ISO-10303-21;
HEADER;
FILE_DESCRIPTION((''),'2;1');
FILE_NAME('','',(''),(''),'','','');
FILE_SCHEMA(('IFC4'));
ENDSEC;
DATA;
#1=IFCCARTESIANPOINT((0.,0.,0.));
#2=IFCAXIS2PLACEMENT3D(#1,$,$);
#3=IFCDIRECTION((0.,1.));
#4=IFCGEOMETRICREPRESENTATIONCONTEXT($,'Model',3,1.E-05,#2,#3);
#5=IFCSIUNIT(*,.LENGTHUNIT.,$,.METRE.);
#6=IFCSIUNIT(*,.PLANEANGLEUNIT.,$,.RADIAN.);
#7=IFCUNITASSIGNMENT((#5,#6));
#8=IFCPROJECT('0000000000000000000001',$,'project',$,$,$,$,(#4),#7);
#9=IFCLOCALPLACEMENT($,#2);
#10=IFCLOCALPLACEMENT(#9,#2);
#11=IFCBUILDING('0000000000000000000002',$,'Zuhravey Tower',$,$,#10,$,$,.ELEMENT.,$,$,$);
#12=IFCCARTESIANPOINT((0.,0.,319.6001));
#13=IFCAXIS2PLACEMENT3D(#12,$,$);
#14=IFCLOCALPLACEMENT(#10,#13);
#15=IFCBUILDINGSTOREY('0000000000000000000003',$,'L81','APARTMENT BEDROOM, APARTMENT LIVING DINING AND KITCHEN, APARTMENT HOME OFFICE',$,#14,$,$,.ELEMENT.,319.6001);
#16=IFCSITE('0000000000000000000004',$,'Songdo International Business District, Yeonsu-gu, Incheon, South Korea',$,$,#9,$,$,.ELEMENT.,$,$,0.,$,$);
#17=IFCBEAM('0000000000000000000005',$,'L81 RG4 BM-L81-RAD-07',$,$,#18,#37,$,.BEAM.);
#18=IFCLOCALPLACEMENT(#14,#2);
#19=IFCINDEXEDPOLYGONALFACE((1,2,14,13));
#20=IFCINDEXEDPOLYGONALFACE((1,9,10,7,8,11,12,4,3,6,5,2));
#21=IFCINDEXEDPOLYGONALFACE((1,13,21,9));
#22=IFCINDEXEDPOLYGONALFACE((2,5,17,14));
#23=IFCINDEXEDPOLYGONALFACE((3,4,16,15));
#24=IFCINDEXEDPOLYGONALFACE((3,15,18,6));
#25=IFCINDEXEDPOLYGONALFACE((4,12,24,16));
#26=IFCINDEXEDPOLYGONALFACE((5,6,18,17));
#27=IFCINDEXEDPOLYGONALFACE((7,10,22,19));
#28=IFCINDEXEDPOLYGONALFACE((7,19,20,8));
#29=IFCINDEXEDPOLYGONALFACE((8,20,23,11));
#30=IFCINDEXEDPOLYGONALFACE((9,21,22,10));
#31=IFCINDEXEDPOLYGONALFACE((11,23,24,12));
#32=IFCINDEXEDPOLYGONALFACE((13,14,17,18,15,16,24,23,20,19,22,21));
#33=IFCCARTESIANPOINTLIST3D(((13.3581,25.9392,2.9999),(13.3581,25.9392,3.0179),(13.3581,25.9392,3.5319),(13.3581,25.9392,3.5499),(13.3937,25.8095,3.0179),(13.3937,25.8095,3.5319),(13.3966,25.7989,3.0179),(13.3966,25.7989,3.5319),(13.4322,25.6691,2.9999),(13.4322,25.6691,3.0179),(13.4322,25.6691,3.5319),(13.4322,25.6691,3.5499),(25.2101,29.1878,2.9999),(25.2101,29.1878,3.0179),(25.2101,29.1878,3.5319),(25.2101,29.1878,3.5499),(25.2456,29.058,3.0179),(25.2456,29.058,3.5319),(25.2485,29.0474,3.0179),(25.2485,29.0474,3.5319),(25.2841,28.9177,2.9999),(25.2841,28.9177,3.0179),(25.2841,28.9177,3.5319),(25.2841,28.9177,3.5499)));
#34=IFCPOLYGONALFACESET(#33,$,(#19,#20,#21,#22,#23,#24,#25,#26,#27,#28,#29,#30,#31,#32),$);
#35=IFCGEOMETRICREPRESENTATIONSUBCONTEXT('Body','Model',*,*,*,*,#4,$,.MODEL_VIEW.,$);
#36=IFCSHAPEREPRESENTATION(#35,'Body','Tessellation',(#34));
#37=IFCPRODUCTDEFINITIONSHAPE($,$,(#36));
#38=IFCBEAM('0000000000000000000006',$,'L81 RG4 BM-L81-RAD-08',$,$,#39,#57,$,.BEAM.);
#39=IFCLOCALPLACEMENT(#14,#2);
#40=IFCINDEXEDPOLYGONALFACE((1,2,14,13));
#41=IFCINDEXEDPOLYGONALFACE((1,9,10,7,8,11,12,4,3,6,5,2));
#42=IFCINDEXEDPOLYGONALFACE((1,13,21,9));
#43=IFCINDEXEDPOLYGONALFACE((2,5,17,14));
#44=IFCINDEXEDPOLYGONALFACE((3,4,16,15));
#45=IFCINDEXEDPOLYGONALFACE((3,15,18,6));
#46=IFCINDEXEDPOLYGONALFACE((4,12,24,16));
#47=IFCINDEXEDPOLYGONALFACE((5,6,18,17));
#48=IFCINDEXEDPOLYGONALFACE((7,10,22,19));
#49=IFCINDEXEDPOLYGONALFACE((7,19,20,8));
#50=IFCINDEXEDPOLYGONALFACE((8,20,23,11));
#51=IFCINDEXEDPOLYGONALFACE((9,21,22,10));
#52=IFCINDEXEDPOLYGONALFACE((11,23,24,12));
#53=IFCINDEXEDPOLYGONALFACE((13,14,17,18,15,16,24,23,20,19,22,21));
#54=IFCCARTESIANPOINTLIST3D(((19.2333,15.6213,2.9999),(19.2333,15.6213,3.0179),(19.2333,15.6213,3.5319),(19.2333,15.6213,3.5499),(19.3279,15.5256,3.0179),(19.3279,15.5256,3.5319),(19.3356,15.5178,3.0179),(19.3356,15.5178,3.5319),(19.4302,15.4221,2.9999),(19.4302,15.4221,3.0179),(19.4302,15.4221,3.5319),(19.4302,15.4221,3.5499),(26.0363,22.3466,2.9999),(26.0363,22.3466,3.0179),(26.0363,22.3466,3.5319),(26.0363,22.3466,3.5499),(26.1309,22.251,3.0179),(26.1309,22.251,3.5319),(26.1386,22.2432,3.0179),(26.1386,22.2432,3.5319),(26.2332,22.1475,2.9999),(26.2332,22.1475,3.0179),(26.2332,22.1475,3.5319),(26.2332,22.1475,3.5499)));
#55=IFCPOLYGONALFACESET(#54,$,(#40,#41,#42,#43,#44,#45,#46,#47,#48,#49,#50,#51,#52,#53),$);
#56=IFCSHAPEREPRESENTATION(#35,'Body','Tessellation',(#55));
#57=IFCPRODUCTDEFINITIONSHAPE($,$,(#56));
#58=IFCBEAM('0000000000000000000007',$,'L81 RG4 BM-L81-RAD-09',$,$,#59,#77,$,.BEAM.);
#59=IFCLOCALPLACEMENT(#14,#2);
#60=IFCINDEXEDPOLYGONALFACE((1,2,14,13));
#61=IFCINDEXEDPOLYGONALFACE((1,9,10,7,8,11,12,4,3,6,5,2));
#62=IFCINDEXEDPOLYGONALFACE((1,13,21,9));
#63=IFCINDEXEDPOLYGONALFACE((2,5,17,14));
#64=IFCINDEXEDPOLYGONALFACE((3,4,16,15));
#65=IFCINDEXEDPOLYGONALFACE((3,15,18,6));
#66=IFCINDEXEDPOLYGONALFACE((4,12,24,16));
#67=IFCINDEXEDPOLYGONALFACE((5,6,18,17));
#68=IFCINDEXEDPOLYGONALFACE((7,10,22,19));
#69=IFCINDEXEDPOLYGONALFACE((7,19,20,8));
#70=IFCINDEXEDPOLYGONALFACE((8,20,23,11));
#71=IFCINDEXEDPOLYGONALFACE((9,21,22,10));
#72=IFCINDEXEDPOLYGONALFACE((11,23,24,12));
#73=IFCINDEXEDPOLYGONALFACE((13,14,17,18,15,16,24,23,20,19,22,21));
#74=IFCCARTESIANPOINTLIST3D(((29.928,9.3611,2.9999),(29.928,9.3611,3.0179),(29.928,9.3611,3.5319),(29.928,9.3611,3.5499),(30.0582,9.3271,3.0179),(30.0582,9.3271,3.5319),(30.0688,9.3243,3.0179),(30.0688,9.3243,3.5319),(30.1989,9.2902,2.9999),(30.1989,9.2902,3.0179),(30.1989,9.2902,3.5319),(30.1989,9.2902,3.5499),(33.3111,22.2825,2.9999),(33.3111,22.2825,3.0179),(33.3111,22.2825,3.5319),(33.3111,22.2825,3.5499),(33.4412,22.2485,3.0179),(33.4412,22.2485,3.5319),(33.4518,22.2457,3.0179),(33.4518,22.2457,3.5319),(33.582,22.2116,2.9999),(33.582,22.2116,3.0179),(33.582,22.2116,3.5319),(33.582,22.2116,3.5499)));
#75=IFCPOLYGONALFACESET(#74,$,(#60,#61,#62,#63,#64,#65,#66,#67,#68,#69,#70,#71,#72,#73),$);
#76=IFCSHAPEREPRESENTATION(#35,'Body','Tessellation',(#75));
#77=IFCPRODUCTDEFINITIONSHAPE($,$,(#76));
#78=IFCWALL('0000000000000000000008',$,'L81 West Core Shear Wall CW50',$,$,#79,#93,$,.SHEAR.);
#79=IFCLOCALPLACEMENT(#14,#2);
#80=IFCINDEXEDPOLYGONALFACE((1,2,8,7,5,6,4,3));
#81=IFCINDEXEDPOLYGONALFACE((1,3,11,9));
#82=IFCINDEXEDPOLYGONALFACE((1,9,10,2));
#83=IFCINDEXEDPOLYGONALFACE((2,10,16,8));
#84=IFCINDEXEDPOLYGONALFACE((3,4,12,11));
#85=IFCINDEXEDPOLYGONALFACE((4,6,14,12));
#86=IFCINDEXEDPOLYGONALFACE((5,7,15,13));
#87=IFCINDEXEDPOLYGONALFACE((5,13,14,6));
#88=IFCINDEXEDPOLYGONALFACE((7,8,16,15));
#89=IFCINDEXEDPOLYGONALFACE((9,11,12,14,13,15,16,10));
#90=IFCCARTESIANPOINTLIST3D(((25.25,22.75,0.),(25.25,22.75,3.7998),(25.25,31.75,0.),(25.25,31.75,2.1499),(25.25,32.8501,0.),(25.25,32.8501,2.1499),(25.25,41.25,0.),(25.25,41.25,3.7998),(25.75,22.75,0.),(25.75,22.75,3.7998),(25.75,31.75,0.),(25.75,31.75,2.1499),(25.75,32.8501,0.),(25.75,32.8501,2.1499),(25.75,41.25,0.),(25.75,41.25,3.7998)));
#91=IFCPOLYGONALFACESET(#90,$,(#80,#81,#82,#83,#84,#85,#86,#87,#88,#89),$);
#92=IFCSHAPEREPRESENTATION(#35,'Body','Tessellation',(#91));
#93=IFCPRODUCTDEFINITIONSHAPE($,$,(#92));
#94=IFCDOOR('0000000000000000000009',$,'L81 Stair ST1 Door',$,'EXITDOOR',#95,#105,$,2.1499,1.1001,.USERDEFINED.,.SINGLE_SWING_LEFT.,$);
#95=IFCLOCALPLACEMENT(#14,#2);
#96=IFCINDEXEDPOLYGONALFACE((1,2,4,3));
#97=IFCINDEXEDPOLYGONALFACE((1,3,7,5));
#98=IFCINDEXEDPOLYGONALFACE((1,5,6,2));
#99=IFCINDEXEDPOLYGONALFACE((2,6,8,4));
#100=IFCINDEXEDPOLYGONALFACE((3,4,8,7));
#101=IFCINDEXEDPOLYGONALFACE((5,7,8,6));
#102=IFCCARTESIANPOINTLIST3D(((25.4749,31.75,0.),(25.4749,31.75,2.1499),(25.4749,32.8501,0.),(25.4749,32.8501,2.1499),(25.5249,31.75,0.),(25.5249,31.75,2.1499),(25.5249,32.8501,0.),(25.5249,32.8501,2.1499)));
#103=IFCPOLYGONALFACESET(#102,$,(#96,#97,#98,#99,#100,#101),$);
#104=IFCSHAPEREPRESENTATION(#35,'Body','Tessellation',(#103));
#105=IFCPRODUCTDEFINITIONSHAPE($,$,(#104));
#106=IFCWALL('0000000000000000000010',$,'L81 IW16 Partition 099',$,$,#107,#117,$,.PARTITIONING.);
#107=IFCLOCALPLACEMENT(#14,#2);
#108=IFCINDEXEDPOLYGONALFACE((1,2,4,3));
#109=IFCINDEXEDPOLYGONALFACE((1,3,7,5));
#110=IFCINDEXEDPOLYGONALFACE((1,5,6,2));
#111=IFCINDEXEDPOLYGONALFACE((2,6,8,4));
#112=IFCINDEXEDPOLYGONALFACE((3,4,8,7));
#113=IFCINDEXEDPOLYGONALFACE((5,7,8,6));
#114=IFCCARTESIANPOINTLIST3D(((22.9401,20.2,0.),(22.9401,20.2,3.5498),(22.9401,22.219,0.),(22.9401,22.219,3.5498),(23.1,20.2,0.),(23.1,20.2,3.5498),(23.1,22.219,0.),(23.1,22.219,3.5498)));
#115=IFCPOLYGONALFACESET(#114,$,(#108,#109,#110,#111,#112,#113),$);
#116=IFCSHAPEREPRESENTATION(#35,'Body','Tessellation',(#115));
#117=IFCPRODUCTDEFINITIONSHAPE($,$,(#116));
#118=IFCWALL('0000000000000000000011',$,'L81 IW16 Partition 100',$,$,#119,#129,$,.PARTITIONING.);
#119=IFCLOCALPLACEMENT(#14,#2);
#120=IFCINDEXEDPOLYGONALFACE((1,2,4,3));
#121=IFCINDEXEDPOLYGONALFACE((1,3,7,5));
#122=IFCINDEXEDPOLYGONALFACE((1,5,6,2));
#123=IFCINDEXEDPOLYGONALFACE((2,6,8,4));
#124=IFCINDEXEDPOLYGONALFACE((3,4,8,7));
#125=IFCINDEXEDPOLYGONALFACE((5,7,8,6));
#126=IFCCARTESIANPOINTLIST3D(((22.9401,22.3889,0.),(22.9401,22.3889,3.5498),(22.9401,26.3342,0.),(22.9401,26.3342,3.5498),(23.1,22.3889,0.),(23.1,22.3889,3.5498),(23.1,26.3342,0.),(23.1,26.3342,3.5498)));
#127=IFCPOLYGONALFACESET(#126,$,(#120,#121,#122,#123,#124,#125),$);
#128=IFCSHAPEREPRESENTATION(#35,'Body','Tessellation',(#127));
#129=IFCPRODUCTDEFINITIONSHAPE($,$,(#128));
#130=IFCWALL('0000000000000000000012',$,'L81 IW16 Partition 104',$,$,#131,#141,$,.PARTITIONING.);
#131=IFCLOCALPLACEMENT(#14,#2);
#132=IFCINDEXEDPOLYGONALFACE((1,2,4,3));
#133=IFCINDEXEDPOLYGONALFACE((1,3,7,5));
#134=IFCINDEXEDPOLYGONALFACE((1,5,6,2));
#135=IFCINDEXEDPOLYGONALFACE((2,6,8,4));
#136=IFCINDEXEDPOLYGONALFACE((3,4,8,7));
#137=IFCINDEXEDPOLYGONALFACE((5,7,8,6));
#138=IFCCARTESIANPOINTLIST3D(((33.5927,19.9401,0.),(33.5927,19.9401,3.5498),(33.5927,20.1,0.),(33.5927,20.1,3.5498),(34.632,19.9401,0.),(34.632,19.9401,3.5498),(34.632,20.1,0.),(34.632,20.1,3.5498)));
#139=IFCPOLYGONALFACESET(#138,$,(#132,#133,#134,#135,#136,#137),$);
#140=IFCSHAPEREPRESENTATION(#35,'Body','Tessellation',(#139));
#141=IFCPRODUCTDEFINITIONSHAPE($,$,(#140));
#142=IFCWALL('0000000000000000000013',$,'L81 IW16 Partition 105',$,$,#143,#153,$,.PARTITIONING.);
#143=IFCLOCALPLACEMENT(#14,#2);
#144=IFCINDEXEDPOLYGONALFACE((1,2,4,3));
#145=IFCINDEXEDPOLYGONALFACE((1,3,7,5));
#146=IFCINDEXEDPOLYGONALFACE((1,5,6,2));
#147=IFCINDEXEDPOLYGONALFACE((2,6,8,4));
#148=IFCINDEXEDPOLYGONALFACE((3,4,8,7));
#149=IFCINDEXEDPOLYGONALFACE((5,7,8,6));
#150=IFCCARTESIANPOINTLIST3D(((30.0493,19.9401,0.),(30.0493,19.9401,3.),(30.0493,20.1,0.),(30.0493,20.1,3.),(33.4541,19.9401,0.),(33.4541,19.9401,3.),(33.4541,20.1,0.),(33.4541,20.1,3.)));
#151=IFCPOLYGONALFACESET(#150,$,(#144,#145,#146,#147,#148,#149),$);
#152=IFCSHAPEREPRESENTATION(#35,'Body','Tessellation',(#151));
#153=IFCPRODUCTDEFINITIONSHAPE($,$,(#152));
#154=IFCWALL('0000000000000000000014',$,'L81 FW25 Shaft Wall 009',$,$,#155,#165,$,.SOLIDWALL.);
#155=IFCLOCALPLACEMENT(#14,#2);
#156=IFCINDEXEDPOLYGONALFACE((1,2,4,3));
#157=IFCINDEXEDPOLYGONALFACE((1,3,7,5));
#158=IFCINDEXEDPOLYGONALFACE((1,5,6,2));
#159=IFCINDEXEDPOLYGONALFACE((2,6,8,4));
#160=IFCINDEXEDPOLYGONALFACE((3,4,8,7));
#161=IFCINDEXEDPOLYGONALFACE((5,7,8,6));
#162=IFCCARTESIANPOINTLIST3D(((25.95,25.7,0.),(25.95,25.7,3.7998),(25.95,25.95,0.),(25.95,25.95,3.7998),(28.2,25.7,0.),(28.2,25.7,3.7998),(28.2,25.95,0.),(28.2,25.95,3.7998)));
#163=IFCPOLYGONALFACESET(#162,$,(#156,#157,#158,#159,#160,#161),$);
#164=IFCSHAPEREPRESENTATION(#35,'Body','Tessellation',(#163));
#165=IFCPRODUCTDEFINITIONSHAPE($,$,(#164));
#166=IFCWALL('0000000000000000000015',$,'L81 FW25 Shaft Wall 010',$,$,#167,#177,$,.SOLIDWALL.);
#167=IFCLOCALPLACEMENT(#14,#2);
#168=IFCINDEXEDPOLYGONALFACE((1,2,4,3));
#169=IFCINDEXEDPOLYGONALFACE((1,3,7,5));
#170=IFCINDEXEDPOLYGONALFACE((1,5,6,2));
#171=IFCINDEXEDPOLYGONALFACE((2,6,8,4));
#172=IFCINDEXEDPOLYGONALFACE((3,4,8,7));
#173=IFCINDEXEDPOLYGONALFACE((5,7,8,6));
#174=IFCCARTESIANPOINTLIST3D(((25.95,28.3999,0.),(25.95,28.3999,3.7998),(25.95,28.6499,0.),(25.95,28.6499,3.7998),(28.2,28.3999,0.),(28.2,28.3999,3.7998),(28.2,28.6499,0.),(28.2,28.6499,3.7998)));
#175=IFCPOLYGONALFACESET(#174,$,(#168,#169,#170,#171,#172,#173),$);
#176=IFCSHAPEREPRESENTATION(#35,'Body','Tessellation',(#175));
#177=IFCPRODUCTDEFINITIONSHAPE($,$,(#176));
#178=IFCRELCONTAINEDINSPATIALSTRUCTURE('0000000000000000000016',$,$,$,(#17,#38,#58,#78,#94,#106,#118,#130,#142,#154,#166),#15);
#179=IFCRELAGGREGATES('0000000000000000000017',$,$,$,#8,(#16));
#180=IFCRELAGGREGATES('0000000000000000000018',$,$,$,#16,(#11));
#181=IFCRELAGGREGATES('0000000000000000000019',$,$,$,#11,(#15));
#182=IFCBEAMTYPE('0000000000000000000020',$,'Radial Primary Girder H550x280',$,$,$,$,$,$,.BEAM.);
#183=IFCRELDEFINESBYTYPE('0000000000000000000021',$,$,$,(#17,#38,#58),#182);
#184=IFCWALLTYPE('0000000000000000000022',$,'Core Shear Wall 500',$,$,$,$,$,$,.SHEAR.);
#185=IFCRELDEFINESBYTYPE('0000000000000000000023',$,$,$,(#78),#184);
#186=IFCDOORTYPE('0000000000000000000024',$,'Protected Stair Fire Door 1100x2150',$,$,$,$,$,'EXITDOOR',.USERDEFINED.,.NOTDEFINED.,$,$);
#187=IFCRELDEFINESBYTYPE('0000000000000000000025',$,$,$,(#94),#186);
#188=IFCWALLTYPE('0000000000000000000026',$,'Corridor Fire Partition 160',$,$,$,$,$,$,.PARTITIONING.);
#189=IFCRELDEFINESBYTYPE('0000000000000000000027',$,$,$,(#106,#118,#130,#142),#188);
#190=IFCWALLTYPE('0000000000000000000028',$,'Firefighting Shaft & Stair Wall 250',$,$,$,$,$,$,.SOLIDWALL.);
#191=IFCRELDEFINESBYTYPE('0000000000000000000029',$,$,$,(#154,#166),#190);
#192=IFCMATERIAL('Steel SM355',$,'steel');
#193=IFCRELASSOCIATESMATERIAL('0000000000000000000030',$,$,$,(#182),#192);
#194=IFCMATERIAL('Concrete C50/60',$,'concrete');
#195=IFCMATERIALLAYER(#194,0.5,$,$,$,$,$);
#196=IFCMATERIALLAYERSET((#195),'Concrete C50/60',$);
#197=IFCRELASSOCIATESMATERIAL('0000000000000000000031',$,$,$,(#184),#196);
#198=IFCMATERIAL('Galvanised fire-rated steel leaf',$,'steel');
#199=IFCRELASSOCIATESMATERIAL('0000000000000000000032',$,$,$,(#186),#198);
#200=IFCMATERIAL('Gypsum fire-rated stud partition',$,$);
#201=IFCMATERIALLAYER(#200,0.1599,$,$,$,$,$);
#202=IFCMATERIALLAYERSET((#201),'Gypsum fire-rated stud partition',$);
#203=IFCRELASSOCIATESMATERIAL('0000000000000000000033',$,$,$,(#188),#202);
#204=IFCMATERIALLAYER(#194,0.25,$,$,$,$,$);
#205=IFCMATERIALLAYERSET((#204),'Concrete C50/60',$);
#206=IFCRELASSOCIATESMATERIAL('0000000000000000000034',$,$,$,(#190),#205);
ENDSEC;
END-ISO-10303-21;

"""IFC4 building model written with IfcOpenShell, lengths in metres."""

from ifc_helpers import new_model, si_unit, direction, frame, frame_2d, origin, origin_2d, place, context, subcontext, project, spatial, rectangle, i_section, extrude, material, layer, layer_set, material_profile, profile_set, type_object, element, fill, save


model = new_model("IFC4")

# Units and contexts
model_context = context("Model", 3, precision=1e-05, world=origin(), true_north=direction((0.0, 1.0)))
body_context = subcontext(model_context, "Body", "Model", "MODEL_VIEW")
ifc_project = project(units=[si_unit("LENGTHUNIT", "METRE"), si_unit("PLANEANGLEUNIT", "RADIAN")], contexts=[model_context])

# Site, building, storey
site_placement = place(None, origin())
site = spatial("IfcSite", under=ifc_project, at=site_placement, Name="Songdo International Business District, Yeonsu-gu, Incheon, South Korea", CompositionType="ELEMENT", RefElevation=0.0)
building_placement = place(site_placement, origin())
building = spatial("IfcBuilding", under=site, at=building_placement, Name="Zuhravey Tower", CompositionType="ELEMENT")
storey_placement = place(building_placement, frame((0.0, 0.0, 319.6001)))
storey = spatial("IfcBuildingStorey", under=building, at=storey_placement, Name="L81", Description="APARTMENT BEDROOM, APARTMENT LIVING DINING AND KITCHEN, APARTMENT HOME OFFICE", CompositionType="ELEMENT", Elevation=319.6001)

# Beams
ifc_material_1 = material(Name="Steel SM355", Category="steel")
ifc_material_profile = material_profile(ifc_material_1, i_section(OverallWidth=0.28, OverallDepth=0.55, WebThickness=0.011, FlangeThickness=0.0181, at=origin_2d()), Name="H-550x280x11x18")
ifc_profile_set = profile_set([ifc_material_profile], Name="Steel SM355")
beam_type = type_object("IfcBeamType", Name="Radial Primary Girder H550x280", PredefinedType="BEAM", material=ifc_profile_set)
beam_1_placement = place(storey_placement, frame((25.2471, 29.0527, 3.2749), z_axis=(-0.964428, -0.264346, 0.0), x_axis=(0.264346, -0.964428, 0.0)))
element("IfcBeam", 1, at=beam_1_placement, inside=storey, type_object=beam_type, Name="L81 RG4 BM-L81-RAD-07", PredefinedType="BEAM", context=body_context, shape_type="SweptSolid", body=[
    extrude(i_section(OverallWidth=0.28, OverallDepth=0.55, WebThickness=0.011, FlangeThickness=0.0181, at=origin_2d()), origin(), (0.0, 0.0, 1.0), 12.2891),
])
beam_2_placement = place(storey_placement, frame((26.1348, 22.2471, 3.2749), z_axis=(-0.711153, -0.703037, 0.0), x_axis=(0.703037, -0.711153, 0.0)))
element("IfcBeam", 2, at=beam_2_placement, inside=storey, type_object=beam_type, Name="L81 RG4 BM-L81-RAD-08", PredefinedType="BEAM", context=body_context, shape_type="SweptSolid", body=[
    extrude(i_section(OverallWidth=0.28, OverallDepth=0.55, WebThickness=0.011, FlangeThickness=0.0181, at=origin_2d()), origin(), (0.0, 0.0, 1.0), 9.5662),
])
beam_3_placement = place(storey_placement, frame((33.4465, 22.2471, 3.2749), z_axis=(-0.253281, -0.967393, 0.0), x_axis=(0.967393, -0.253281, 0.0)))
element("IfcBeam", 3, at=beam_3_placement, inside=storey, type_object=beam_type, Name="L81 RG4 BM-L81-RAD-09", PredefinedType="BEAM", context=body_context, shape_type="SweptSolid", body=[
    extrude(i_section(OverallWidth=0.28, OverallDepth=0.55, WebThickness=0.011, FlangeThickness=0.0181, at=origin_2d()), origin(), (0.0, 0.0, 1.0), 13.3569),
])

# Wall, opening, door
ifc_material_2 = material(Name="Concrete C50/60", Category="concrete")
ifc_layer_1 = layer(ifc_material_2, 0.5)
ifc_layer_set_1 = layer_set([ifc_layer_1], Name="Concrete C50/60")
wall_type_1 = type_object("IfcWallType", Name="Core Shear Wall 500", PredefinedType="SHEAR", material=ifc_layer_set_1)
ifc_material_3 = material(Name="Galvanised fire-rated steel leaf", Category="steel")
wall_1_placement = place(storey_placement, frame((25.5, 22.75, 0.0), z_axis=(0.0, 0.0, 1.0), x_axis=(0.0, 1.0, 0.0)))
wall_1 = element("IfcWall", 4, at=wall_1_placement, inside=storey, type_object=wall_type_1, Name="L81 West Core Shear Wall CW50", PredefinedType="SHEAR", context=body_context, shape_type="SweptSolid", body=[
    extrude(rectangle(XDim=18.5, YDim=0.5, at=frame_2d((9.25, 0.0))), origin(), (0.0, 0.0, 1.0), 3.7998),
])
opening_1_placement = place(wall_1_placement, frame((9.0, 0.0, 0.0)))
opening_1 = element("IfcOpeningElement", 5, at=opening_1_placement, cuts=wall_1, PredefinedType="OPENING", context=body_context, shape_type="SweptSolid", body=[
    extrude(rectangle(XDim=1.1001, YDim=2.1499, at=frame_2d((0.55, 1.075))), frame((0.0, 0.262, 0.0), z_axis=(0.0, -1.0, 0.0), x_axis=(1.0, 0.0, 0.0)), (0.0, 0.0, 1.0), 0.5239),
])
door_type_1 = type_object("IfcDoorType", Name="Protected Stair Fire Door 1100x2150", ElementType="EXITDOOR", OperationType="NOTDEFINED", PredefinedType="USERDEFINED", material=ifc_material_3)
door_1_placement = place(opening_1_placement, frame((1.1001, 0.0, 0.0), z_axis=(0.0, 0.0, 1.0), x_axis=(-1.0, 0.0, 0.0)))
door_1 = element("IfcDoor", 6, at=door_1_placement, inside=storey, type_object=door_type_1, Name="L81 Stair ST1 Door", ObjectType="EXITDOOR", OperationType="SINGLE_SWING_LEFT", OverallHeight=2.1499, OverallWidth=1.1001, PredefinedType="USERDEFINED", context=body_context, shape_type="SweptSolid", body=[
    extrude(rectangle(XDim=1.1001, YDim=2.1499, at=frame_2d((0.55, 1.075))), frame((0.0, 0.0249, 0.0), z_axis=(0.0, -1.0, 0.0), x_axis=(1.0, 0.0, 0.0)), (0.0, 0.0, 1.0), 0.05),
])
fill(opening_1, door_1)
ifc_material_4 = material(Name="Gypsum fire-rated stud partition")
ifc_layer_2 = layer(ifc_material_4, 0.1599)
ifc_layer_set_2 = layer_set([ifc_layer_2], Name="Gypsum fire-rated stud partition")
wall_type_2 = type_object("IfcWallType", Name="Corridor Fire Partition 160", PredefinedType="PARTITIONING", material=ifc_layer_set_2)

# Walls
wall_2_placement = place(storey_placement, frame((23.02, 22.219, 0.0), z_axis=(0.0, 0.0, 1.0), x_axis=(0.0, -1.0, 0.0)))
element("IfcWall", 7, at=wall_2_placement, inside=storey, type_object=wall_type_2, Name="L81 IW16 Partition 099", PredefinedType="PARTITIONING", context=body_context, shape_type="SweptSolid", body=[
    extrude(rectangle(XDim=2.019, YDim=0.1599, at=frame_2d((1.0095, 0.0))), origin(), (0.0, 0.0, 1.0), 3.5498),
])
wall_3_placement = place(storey_placement, frame((23.02, 26.3342, 0.0), z_axis=(0.0, 0.0, 1.0), x_axis=(0.0, -1.0, 0.0)))
element("IfcWall", 8, at=wall_3_placement, inside=storey, type_object=wall_type_2, Name="L81 IW16 Partition 100", PredefinedType="PARTITIONING", context=body_context, shape_type="SweptSolid", body=[
    extrude(rectangle(XDim=3.9453, YDim=0.1599, at=frame_2d((1.9727, 0.0))), origin(), (0.0, 0.0, 1.0), 3.5498),
])
wall_4_placement = place(storey_placement, frame((33.5928, 20.02, 0.0), z_axis=(0.0, 0.0, 1.0), x_axis=(1.0, 0.0, 0.0)))
element("IfcWall", 9, at=wall_4_placement, inside=storey, type_object=wall_type_2, Name="L81 IW16 Partition 104", PredefinedType="PARTITIONING", context=body_context, shape_type="SweptSolid", body=[
    extrude(rectangle(XDim=1.0393, YDim=0.1599, at=frame_2d((0.5195, 0.0))), origin(), (0.0, 0.0, 1.0), 3.5498),
])
wall_5_placement = place(storey_placement, frame((30.0493, 20.02, 0.0), z_axis=(0.0, 0.0, 1.0), x_axis=(1.0, 0.0, 0.0)))
element("IfcWall", 10, at=wall_5_placement, inside=storey, type_object=wall_type_2, Name="L81 IW16 Partition 105", PredefinedType="PARTITIONING", context=body_context, shape_type="SweptSolid", body=[
    extrude(rectangle(XDim=3.4048, YDim=0.1599, at=frame_2d((1.7024, 0.0))), origin(), (0.0, 0.0, 1.0), 3.0),
])
ifc_layer_3 = layer(ifc_material_2, 0.25)
ifc_layer_set_3 = layer_set([ifc_layer_3], Name="Concrete C50/60")
wall_type_3 = type_object("IfcWallType", Name="Firefighting Shaft & Stair Wall 250", PredefinedType="SOLIDWALL", material=ifc_layer_set_3)
for number, where, z_axis, x_axis, name in (
    (11, (25.95, 25.825, 0.0), (0.0, 0.0, 1.0), (1.0, 0.0, 0.0), "L81 FW25 Shaft Wall 009"),
    (12, (25.95, 28.5249, 0.0), (0.0, 0.0, 1.0), (1.0, 0.0, 0.0), "L81 FW25 Shaft Wall 010"),
):
    element("IfcWall", number, at=place(storey_placement, frame(where, z_axis=z_axis, x_axis=x_axis)), inside=storey, type_object=wall_type_3, Name=name, PredefinedType="SOLIDWALL", context=body_context, shape_type="SweptSolid", body=[
        extrude(rectangle(XDim=2.25, YDim=0.25, at=frame_2d((1.125, 0.0))), origin(), (0.0, 0.0, 1.0), 3.7998),
    ])

save(model, "model.ifc")
